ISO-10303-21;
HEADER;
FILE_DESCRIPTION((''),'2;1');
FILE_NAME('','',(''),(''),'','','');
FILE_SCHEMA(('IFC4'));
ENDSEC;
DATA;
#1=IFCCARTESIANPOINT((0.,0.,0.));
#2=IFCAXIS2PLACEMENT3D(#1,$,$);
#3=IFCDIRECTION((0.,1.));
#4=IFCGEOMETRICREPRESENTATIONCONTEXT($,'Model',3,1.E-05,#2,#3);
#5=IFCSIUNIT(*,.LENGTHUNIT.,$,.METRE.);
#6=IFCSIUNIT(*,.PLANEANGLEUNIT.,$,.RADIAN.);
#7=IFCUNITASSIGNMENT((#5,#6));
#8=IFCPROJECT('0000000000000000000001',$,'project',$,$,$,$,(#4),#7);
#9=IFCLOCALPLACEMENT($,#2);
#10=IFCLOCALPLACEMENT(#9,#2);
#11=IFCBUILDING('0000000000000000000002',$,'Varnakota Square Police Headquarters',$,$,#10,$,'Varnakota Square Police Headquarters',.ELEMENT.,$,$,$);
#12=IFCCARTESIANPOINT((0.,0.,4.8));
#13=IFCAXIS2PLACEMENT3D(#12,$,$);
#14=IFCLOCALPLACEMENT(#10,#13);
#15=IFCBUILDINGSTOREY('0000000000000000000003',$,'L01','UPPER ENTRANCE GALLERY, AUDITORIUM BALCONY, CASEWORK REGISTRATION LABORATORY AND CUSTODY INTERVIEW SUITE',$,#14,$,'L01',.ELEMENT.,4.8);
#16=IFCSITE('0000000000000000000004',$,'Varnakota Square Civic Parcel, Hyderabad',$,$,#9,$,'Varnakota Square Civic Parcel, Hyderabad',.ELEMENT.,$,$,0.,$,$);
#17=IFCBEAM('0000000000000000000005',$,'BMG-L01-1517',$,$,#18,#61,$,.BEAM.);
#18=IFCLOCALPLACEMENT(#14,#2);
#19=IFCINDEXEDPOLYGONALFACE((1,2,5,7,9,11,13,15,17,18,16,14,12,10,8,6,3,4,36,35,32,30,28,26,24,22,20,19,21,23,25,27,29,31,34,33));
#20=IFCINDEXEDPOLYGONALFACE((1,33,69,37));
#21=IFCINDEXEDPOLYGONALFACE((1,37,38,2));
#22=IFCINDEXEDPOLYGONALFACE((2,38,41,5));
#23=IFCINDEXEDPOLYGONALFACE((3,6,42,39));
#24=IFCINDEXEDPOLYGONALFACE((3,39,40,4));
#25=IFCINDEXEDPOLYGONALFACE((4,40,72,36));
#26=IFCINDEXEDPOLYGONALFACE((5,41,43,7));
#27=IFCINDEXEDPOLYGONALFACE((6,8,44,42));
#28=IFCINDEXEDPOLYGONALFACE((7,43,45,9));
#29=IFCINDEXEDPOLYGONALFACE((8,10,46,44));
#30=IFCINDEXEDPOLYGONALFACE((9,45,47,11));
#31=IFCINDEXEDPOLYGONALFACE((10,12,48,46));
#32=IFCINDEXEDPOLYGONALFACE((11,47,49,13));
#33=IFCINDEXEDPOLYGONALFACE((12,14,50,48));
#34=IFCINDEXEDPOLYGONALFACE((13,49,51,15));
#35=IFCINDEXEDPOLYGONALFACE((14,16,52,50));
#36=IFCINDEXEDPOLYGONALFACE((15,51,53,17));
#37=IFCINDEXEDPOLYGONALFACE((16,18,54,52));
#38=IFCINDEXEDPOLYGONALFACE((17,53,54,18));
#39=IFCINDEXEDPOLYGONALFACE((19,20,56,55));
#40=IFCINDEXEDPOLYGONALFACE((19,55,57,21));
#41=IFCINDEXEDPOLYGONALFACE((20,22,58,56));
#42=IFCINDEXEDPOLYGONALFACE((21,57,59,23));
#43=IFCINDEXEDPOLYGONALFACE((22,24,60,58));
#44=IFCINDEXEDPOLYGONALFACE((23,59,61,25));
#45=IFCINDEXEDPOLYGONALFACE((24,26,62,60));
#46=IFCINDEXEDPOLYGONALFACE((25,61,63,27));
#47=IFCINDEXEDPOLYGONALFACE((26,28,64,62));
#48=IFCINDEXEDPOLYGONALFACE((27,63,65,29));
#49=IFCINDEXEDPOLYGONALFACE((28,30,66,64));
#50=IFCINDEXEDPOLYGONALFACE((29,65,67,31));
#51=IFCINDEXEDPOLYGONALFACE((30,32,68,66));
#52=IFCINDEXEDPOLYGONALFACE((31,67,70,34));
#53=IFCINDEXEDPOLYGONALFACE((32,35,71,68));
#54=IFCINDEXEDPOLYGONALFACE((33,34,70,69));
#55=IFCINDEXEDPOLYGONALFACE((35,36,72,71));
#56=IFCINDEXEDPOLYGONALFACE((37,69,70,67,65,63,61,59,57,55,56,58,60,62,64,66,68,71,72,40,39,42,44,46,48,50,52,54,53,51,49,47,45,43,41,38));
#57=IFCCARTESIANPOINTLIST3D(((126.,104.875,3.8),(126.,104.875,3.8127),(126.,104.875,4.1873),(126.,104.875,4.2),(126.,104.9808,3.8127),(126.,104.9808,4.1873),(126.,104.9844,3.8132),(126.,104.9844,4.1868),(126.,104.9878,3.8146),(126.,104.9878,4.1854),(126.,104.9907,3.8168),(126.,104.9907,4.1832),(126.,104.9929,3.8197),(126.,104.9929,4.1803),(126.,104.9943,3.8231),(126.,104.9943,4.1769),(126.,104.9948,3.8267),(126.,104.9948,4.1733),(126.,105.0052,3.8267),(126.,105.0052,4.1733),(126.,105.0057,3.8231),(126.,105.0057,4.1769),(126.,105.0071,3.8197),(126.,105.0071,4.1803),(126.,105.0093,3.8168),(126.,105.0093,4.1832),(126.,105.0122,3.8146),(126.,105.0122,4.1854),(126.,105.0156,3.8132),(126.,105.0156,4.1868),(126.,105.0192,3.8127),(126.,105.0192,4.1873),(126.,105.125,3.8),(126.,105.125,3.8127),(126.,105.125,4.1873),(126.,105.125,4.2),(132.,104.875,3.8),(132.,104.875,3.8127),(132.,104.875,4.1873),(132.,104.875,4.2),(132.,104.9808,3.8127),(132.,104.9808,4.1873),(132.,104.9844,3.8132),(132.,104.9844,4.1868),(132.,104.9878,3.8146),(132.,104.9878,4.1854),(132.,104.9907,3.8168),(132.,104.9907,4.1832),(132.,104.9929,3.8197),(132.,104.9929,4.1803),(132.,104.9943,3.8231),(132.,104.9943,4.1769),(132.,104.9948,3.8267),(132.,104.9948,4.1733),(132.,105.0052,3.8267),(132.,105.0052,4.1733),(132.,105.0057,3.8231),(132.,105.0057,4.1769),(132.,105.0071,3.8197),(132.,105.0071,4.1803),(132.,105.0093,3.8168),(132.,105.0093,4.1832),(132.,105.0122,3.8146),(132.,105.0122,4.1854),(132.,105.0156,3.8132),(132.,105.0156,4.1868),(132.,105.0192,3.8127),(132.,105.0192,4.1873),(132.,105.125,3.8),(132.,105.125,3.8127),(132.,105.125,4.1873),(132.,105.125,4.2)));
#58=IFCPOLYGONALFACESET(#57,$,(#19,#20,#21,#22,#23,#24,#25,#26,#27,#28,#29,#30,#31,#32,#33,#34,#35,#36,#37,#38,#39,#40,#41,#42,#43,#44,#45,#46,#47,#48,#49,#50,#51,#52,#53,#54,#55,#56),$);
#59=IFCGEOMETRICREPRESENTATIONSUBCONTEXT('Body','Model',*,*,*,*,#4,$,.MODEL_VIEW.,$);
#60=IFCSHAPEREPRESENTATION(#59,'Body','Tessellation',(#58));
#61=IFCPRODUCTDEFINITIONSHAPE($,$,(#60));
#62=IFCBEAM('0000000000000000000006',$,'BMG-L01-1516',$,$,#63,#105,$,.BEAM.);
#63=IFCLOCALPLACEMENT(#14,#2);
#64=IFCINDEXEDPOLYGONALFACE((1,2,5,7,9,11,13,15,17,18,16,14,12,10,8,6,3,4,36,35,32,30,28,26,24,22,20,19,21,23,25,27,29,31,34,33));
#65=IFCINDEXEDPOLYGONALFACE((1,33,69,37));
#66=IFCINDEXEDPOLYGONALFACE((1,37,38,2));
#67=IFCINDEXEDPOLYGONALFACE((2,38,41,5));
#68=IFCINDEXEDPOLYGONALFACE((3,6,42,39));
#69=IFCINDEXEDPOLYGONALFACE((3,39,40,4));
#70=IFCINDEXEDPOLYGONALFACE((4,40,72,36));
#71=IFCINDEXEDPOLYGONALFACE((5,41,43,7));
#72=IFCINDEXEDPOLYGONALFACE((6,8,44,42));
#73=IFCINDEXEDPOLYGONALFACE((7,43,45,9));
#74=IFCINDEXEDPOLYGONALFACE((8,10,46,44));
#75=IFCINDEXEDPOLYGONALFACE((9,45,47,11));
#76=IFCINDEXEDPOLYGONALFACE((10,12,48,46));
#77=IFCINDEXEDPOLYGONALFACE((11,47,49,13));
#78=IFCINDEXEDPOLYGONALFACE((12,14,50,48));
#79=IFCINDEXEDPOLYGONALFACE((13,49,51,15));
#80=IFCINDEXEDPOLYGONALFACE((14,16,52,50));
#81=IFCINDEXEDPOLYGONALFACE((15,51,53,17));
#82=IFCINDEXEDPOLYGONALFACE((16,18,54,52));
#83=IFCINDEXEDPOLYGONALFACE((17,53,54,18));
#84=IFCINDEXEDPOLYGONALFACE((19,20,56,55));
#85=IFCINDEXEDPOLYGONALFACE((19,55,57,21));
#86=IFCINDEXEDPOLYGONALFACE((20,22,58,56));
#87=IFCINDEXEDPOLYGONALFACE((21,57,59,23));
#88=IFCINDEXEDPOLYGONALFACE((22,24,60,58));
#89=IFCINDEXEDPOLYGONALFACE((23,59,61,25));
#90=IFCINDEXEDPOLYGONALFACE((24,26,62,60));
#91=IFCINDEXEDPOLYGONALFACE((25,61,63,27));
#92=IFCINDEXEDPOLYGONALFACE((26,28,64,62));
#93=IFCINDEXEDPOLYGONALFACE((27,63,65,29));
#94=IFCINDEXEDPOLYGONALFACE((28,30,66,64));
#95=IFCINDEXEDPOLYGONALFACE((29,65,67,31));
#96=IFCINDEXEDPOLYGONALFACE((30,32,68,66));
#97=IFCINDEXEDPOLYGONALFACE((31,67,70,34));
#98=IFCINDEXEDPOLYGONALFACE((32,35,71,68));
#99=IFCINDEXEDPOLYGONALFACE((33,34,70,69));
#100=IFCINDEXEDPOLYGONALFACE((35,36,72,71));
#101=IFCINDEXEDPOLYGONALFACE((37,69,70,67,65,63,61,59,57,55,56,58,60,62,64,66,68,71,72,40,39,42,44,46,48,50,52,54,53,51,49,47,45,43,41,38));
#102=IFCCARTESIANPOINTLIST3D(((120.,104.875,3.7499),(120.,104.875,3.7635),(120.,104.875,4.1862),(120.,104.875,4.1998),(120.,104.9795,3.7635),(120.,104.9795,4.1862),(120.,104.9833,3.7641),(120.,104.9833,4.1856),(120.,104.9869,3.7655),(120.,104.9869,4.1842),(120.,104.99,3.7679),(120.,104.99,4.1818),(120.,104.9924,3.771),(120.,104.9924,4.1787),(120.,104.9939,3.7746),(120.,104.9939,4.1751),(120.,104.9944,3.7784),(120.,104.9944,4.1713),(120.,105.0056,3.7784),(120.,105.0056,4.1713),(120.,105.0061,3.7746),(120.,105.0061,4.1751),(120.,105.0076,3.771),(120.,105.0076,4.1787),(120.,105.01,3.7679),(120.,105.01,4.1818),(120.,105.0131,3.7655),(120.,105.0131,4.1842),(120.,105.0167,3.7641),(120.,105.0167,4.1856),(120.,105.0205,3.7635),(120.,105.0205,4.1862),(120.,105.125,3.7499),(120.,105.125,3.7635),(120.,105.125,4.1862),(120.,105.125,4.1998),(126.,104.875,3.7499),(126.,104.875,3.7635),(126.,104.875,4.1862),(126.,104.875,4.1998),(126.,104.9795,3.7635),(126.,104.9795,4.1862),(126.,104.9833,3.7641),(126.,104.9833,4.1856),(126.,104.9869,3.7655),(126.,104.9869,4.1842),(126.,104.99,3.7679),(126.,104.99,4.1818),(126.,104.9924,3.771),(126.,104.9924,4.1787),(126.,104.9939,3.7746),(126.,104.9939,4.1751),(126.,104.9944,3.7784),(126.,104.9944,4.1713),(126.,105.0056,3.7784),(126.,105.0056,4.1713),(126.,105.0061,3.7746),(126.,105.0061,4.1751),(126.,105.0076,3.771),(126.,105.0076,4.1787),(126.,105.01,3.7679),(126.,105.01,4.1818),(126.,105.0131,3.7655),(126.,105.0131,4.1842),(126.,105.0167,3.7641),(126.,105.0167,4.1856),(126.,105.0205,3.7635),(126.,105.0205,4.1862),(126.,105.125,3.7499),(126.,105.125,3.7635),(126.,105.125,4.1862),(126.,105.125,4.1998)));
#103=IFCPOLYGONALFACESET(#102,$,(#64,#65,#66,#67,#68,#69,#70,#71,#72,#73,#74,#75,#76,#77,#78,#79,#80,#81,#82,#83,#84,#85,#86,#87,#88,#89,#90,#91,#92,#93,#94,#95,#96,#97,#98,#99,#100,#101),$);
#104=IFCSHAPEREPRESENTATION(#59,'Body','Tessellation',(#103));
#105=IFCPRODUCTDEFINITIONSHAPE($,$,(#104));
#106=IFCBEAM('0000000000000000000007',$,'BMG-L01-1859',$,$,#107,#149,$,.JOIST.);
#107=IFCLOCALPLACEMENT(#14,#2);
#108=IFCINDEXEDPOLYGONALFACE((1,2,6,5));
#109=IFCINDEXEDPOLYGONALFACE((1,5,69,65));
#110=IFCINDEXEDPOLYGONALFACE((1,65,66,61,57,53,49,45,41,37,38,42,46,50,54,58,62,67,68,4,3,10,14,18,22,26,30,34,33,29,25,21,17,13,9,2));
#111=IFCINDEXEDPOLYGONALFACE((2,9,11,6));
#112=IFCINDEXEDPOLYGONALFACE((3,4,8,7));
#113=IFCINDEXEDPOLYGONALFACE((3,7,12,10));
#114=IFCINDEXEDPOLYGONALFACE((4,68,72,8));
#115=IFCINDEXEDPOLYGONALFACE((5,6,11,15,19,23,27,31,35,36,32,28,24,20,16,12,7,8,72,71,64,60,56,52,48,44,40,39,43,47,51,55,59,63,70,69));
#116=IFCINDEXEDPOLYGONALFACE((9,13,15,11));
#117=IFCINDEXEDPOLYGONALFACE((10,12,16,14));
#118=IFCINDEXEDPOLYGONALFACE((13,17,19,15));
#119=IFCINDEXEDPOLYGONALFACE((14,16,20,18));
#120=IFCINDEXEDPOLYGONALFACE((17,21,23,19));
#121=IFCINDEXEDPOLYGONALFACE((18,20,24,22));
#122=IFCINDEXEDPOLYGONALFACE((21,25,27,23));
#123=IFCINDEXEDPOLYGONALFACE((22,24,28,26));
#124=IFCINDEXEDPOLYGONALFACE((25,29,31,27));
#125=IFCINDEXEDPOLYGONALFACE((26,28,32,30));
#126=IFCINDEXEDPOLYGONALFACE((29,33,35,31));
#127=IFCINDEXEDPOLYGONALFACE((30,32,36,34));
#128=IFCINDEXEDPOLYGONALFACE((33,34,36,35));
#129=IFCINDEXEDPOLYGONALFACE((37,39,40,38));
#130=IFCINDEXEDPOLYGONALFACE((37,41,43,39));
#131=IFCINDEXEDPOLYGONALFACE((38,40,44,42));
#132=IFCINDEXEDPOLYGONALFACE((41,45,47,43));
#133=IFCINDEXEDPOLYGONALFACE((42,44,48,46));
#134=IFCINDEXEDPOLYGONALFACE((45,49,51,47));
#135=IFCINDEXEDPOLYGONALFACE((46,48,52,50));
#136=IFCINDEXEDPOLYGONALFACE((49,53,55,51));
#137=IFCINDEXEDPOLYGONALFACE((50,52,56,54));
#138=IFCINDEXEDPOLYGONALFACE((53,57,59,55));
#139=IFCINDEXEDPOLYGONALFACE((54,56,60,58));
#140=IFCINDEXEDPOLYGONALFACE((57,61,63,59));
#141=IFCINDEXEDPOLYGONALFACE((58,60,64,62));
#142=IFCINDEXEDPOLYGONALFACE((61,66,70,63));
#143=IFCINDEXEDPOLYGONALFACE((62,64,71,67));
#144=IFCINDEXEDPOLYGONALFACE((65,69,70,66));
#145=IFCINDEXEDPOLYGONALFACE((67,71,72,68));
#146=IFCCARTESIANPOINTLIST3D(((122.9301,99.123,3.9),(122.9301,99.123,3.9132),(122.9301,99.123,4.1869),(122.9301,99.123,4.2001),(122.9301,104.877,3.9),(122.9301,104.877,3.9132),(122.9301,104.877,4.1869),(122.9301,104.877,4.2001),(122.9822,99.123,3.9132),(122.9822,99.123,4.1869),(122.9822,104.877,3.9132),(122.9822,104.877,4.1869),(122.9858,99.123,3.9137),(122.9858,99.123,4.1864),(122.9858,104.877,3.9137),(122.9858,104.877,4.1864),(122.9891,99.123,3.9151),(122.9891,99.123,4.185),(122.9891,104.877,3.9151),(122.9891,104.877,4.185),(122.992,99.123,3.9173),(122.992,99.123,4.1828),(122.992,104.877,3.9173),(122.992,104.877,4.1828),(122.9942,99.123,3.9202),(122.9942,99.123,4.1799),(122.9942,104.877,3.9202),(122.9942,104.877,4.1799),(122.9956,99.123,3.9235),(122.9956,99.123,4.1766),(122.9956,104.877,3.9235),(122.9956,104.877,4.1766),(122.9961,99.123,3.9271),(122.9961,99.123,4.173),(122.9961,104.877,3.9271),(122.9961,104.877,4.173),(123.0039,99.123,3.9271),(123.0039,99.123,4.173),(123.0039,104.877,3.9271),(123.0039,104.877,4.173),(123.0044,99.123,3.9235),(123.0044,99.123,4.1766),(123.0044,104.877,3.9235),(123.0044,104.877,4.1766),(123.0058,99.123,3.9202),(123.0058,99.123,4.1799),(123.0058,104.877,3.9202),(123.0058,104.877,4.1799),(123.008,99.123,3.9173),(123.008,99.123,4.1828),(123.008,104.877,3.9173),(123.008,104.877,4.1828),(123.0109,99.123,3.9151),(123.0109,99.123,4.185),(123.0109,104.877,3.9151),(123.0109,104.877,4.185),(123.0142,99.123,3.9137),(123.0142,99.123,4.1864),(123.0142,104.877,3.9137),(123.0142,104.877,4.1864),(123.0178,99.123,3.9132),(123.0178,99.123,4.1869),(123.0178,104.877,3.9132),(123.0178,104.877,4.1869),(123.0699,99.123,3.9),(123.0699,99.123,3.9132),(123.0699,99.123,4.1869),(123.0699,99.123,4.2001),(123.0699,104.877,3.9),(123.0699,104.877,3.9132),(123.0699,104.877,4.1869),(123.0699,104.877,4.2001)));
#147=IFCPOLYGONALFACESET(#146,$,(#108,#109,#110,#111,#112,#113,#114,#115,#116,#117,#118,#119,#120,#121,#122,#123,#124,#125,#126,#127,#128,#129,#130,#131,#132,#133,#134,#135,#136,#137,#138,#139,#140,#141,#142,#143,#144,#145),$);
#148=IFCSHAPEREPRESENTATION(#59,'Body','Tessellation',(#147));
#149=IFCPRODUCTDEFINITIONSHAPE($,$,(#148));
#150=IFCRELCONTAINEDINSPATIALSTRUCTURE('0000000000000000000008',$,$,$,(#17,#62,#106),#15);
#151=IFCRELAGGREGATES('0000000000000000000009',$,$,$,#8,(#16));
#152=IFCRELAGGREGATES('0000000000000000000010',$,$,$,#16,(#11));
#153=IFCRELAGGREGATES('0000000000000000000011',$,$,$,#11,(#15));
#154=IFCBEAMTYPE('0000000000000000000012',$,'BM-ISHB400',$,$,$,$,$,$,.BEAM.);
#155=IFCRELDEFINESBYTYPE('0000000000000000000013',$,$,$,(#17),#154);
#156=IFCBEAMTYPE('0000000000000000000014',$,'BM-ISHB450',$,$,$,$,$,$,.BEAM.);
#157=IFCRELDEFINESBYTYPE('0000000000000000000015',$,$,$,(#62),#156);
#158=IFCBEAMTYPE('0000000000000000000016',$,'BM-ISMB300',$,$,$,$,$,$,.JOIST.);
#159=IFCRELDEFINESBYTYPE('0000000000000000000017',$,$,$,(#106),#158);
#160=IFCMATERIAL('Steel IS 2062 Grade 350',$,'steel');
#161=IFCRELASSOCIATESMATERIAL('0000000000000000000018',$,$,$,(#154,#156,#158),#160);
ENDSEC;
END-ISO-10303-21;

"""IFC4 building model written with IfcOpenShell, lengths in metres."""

from ifc_helpers import new_model, si_unit, direction, frame, origin, origin_2d, place, context, subcontext, project, spatial, i_section, extrude, material, material_profile, profile_set, type_object, element, save


model = new_model("IFC4")

# Units and contexts
model_context = context("Model", 3, precision=1e-05, world=origin(), true_north=direction((0.0, 1.0)))
body_context = subcontext(model_context, "Body", "Model", "MODEL_VIEW")
ifc_project = project(units=[si_unit("LENGTHUNIT", "METRE"), si_unit("PLANEANGLEUNIT", "RADIAN")], contexts=[model_context])

# Site, building, storey
site_placement = place(None, origin())
site = spatial("IfcSite", under=ifc_project, at=site_placement, Name="Varnakota Square Civic Parcel, Hyderabad", LongName="Varnakota Square Civic Parcel, Hyderabad", CompositionType="ELEMENT", RefElevation=0.0)
building_placement = place(site_placement, origin())
building = spatial("IfcBuilding", under=site, at=building_placement, Name="Varnakota Square Police Headquarters", LongName="Varnakota Square Police Headquarters", CompositionType="ELEMENT")
storey_placement = place(building_placement, frame((0.0, 0.0, 4.8)))
storey = spatial("IfcBuildingStorey", under=building, at=storey_placement, Name="L01", Description="UPPER ENTRANCE GALLERY, AUDITORIUM BALCONY, CASEWORK REGISTRATION LABORATORY AND CUSTODY INTERVIEW SUITE", LongName="L01", CompositionType="ELEMENT", Elevation=4.8)

# Shared definitions
ifc_material_1 = material(Name="Steel IS 2062 Grade 350", Category="steel")

# Beams
ifc_material_profile_1 = material_profile(ifc_material_1, i_section(OverallWidth=0.25, OverallDepth=0.3999, WebThickness=0.0105, FlangeThickness=0.0127, FilletRadius=0.0139, at=origin_2d()), Name="ISHB 400")
ifc_profile_set_1 = profile_set([ifc_material_profile_1], Name="Steel IS 2062 Grade 350")
beam_type_1 = type_object("IfcBeamType", Name="BM-ISHB400", PredefinedType="BEAM", material=ifc_profile_set_1)
beam_1_placement = place(storey_placement, frame((126.0, 105.0, 4.0), z_axis=(1.0, 0.0, 0.0), x_axis=(0.0, 1.0, 0.0)))
element("IfcBeam", 1, at=beam_1_placement, inside=storey, type_object=beam_type_1, Name="BMG-L01-1517", PredefinedType="BEAM", context=body_context, shape_type="SweptSolid", body=[
    extrude(i_section(OverallWidth=0.25, OverallDepth=0.3999, WebThickness=0.0105, FlangeThickness=0.0127, FilletRadius=0.0139, at=origin_2d()), origin(), (0.0, 0.0, 1.0), 6.0),
])
ifc_material_profile_2 = material_profile(ifc_material_1, i_section(OverallWidth=0.25, OverallDepth=0.45, WebThickness=0.0112, FlangeThickness=0.0137, FilletRadius=0.0149, at=origin_2d()), Name="ISHB 450")
ifc_profile_set_2 = profile_set([ifc_material_profile_2], Name="Steel IS 2062 Grade 350")
beam_type_2 = type_object("IfcBeamType", Name="BM-ISHB450", PredefinedType="BEAM", material=ifc_profile_set_2)
beam_2_placement = place(storey_placement, frame((120.0, 105.0, 3.9749), z_axis=(1.0, 0.0, 0.0), x_axis=(0.0, 1.0, 0.0)))
element("IfcBeam", 2, at=beam_2_placement, inside=storey, type_object=beam_type_2, Name="BMG-L01-1516", PredefinedType="BEAM", context=body_context, shape_type="SweptSolid", body=[
    extrude(i_section(OverallWidth=0.25, OverallDepth=0.45, WebThickness=0.0112, FlangeThickness=0.0137, FilletRadius=0.0149, at=origin_2d()), origin(), (0.0, 0.0, 1.0), 6.0),
])
ifc_material_profile_3 = material_profile(ifc_material_1, i_section(OverallWidth=0.1399, OverallDepth=0.3, WebThickness=0.0078, FlangeThickness=0.0132, FilletRadius=0.0139, at=origin_2d()), Name="ISMB 300")
ifc_profile_set_3 = profile_set([ifc_material_profile_3], Name="Steel IS 2062 Grade 350")
beam_type_3 = type_object("IfcBeamType", Name="BM-ISMB300", PredefinedType="JOIST", material=ifc_profile_set_3)
beam_3_placement = place(storey_placement, frame((123.0, 99.123, 4.05), z_axis=(0.0, 1.0, 0.0), x_axis=(-1.0, 0.0, 0.0)))
element("IfcBeam", 3, at=beam_3_placement, inside=storey, type_object=beam_type_3, Name="BMG-L01-1859", PredefinedType="JOIST", context=body_context, shape_type="SweptSolid", body=[
    extrude(i_section(OverallWidth=0.1399, OverallDepth=0.3, WebThickness=0.0078, FlangeThickness=0.0132, FilletRadius=0.0139, at=origin_2d()), origin(), (0.0, 0.0, 1.0), 5.7539),
])

save(model, "model.ifc")
